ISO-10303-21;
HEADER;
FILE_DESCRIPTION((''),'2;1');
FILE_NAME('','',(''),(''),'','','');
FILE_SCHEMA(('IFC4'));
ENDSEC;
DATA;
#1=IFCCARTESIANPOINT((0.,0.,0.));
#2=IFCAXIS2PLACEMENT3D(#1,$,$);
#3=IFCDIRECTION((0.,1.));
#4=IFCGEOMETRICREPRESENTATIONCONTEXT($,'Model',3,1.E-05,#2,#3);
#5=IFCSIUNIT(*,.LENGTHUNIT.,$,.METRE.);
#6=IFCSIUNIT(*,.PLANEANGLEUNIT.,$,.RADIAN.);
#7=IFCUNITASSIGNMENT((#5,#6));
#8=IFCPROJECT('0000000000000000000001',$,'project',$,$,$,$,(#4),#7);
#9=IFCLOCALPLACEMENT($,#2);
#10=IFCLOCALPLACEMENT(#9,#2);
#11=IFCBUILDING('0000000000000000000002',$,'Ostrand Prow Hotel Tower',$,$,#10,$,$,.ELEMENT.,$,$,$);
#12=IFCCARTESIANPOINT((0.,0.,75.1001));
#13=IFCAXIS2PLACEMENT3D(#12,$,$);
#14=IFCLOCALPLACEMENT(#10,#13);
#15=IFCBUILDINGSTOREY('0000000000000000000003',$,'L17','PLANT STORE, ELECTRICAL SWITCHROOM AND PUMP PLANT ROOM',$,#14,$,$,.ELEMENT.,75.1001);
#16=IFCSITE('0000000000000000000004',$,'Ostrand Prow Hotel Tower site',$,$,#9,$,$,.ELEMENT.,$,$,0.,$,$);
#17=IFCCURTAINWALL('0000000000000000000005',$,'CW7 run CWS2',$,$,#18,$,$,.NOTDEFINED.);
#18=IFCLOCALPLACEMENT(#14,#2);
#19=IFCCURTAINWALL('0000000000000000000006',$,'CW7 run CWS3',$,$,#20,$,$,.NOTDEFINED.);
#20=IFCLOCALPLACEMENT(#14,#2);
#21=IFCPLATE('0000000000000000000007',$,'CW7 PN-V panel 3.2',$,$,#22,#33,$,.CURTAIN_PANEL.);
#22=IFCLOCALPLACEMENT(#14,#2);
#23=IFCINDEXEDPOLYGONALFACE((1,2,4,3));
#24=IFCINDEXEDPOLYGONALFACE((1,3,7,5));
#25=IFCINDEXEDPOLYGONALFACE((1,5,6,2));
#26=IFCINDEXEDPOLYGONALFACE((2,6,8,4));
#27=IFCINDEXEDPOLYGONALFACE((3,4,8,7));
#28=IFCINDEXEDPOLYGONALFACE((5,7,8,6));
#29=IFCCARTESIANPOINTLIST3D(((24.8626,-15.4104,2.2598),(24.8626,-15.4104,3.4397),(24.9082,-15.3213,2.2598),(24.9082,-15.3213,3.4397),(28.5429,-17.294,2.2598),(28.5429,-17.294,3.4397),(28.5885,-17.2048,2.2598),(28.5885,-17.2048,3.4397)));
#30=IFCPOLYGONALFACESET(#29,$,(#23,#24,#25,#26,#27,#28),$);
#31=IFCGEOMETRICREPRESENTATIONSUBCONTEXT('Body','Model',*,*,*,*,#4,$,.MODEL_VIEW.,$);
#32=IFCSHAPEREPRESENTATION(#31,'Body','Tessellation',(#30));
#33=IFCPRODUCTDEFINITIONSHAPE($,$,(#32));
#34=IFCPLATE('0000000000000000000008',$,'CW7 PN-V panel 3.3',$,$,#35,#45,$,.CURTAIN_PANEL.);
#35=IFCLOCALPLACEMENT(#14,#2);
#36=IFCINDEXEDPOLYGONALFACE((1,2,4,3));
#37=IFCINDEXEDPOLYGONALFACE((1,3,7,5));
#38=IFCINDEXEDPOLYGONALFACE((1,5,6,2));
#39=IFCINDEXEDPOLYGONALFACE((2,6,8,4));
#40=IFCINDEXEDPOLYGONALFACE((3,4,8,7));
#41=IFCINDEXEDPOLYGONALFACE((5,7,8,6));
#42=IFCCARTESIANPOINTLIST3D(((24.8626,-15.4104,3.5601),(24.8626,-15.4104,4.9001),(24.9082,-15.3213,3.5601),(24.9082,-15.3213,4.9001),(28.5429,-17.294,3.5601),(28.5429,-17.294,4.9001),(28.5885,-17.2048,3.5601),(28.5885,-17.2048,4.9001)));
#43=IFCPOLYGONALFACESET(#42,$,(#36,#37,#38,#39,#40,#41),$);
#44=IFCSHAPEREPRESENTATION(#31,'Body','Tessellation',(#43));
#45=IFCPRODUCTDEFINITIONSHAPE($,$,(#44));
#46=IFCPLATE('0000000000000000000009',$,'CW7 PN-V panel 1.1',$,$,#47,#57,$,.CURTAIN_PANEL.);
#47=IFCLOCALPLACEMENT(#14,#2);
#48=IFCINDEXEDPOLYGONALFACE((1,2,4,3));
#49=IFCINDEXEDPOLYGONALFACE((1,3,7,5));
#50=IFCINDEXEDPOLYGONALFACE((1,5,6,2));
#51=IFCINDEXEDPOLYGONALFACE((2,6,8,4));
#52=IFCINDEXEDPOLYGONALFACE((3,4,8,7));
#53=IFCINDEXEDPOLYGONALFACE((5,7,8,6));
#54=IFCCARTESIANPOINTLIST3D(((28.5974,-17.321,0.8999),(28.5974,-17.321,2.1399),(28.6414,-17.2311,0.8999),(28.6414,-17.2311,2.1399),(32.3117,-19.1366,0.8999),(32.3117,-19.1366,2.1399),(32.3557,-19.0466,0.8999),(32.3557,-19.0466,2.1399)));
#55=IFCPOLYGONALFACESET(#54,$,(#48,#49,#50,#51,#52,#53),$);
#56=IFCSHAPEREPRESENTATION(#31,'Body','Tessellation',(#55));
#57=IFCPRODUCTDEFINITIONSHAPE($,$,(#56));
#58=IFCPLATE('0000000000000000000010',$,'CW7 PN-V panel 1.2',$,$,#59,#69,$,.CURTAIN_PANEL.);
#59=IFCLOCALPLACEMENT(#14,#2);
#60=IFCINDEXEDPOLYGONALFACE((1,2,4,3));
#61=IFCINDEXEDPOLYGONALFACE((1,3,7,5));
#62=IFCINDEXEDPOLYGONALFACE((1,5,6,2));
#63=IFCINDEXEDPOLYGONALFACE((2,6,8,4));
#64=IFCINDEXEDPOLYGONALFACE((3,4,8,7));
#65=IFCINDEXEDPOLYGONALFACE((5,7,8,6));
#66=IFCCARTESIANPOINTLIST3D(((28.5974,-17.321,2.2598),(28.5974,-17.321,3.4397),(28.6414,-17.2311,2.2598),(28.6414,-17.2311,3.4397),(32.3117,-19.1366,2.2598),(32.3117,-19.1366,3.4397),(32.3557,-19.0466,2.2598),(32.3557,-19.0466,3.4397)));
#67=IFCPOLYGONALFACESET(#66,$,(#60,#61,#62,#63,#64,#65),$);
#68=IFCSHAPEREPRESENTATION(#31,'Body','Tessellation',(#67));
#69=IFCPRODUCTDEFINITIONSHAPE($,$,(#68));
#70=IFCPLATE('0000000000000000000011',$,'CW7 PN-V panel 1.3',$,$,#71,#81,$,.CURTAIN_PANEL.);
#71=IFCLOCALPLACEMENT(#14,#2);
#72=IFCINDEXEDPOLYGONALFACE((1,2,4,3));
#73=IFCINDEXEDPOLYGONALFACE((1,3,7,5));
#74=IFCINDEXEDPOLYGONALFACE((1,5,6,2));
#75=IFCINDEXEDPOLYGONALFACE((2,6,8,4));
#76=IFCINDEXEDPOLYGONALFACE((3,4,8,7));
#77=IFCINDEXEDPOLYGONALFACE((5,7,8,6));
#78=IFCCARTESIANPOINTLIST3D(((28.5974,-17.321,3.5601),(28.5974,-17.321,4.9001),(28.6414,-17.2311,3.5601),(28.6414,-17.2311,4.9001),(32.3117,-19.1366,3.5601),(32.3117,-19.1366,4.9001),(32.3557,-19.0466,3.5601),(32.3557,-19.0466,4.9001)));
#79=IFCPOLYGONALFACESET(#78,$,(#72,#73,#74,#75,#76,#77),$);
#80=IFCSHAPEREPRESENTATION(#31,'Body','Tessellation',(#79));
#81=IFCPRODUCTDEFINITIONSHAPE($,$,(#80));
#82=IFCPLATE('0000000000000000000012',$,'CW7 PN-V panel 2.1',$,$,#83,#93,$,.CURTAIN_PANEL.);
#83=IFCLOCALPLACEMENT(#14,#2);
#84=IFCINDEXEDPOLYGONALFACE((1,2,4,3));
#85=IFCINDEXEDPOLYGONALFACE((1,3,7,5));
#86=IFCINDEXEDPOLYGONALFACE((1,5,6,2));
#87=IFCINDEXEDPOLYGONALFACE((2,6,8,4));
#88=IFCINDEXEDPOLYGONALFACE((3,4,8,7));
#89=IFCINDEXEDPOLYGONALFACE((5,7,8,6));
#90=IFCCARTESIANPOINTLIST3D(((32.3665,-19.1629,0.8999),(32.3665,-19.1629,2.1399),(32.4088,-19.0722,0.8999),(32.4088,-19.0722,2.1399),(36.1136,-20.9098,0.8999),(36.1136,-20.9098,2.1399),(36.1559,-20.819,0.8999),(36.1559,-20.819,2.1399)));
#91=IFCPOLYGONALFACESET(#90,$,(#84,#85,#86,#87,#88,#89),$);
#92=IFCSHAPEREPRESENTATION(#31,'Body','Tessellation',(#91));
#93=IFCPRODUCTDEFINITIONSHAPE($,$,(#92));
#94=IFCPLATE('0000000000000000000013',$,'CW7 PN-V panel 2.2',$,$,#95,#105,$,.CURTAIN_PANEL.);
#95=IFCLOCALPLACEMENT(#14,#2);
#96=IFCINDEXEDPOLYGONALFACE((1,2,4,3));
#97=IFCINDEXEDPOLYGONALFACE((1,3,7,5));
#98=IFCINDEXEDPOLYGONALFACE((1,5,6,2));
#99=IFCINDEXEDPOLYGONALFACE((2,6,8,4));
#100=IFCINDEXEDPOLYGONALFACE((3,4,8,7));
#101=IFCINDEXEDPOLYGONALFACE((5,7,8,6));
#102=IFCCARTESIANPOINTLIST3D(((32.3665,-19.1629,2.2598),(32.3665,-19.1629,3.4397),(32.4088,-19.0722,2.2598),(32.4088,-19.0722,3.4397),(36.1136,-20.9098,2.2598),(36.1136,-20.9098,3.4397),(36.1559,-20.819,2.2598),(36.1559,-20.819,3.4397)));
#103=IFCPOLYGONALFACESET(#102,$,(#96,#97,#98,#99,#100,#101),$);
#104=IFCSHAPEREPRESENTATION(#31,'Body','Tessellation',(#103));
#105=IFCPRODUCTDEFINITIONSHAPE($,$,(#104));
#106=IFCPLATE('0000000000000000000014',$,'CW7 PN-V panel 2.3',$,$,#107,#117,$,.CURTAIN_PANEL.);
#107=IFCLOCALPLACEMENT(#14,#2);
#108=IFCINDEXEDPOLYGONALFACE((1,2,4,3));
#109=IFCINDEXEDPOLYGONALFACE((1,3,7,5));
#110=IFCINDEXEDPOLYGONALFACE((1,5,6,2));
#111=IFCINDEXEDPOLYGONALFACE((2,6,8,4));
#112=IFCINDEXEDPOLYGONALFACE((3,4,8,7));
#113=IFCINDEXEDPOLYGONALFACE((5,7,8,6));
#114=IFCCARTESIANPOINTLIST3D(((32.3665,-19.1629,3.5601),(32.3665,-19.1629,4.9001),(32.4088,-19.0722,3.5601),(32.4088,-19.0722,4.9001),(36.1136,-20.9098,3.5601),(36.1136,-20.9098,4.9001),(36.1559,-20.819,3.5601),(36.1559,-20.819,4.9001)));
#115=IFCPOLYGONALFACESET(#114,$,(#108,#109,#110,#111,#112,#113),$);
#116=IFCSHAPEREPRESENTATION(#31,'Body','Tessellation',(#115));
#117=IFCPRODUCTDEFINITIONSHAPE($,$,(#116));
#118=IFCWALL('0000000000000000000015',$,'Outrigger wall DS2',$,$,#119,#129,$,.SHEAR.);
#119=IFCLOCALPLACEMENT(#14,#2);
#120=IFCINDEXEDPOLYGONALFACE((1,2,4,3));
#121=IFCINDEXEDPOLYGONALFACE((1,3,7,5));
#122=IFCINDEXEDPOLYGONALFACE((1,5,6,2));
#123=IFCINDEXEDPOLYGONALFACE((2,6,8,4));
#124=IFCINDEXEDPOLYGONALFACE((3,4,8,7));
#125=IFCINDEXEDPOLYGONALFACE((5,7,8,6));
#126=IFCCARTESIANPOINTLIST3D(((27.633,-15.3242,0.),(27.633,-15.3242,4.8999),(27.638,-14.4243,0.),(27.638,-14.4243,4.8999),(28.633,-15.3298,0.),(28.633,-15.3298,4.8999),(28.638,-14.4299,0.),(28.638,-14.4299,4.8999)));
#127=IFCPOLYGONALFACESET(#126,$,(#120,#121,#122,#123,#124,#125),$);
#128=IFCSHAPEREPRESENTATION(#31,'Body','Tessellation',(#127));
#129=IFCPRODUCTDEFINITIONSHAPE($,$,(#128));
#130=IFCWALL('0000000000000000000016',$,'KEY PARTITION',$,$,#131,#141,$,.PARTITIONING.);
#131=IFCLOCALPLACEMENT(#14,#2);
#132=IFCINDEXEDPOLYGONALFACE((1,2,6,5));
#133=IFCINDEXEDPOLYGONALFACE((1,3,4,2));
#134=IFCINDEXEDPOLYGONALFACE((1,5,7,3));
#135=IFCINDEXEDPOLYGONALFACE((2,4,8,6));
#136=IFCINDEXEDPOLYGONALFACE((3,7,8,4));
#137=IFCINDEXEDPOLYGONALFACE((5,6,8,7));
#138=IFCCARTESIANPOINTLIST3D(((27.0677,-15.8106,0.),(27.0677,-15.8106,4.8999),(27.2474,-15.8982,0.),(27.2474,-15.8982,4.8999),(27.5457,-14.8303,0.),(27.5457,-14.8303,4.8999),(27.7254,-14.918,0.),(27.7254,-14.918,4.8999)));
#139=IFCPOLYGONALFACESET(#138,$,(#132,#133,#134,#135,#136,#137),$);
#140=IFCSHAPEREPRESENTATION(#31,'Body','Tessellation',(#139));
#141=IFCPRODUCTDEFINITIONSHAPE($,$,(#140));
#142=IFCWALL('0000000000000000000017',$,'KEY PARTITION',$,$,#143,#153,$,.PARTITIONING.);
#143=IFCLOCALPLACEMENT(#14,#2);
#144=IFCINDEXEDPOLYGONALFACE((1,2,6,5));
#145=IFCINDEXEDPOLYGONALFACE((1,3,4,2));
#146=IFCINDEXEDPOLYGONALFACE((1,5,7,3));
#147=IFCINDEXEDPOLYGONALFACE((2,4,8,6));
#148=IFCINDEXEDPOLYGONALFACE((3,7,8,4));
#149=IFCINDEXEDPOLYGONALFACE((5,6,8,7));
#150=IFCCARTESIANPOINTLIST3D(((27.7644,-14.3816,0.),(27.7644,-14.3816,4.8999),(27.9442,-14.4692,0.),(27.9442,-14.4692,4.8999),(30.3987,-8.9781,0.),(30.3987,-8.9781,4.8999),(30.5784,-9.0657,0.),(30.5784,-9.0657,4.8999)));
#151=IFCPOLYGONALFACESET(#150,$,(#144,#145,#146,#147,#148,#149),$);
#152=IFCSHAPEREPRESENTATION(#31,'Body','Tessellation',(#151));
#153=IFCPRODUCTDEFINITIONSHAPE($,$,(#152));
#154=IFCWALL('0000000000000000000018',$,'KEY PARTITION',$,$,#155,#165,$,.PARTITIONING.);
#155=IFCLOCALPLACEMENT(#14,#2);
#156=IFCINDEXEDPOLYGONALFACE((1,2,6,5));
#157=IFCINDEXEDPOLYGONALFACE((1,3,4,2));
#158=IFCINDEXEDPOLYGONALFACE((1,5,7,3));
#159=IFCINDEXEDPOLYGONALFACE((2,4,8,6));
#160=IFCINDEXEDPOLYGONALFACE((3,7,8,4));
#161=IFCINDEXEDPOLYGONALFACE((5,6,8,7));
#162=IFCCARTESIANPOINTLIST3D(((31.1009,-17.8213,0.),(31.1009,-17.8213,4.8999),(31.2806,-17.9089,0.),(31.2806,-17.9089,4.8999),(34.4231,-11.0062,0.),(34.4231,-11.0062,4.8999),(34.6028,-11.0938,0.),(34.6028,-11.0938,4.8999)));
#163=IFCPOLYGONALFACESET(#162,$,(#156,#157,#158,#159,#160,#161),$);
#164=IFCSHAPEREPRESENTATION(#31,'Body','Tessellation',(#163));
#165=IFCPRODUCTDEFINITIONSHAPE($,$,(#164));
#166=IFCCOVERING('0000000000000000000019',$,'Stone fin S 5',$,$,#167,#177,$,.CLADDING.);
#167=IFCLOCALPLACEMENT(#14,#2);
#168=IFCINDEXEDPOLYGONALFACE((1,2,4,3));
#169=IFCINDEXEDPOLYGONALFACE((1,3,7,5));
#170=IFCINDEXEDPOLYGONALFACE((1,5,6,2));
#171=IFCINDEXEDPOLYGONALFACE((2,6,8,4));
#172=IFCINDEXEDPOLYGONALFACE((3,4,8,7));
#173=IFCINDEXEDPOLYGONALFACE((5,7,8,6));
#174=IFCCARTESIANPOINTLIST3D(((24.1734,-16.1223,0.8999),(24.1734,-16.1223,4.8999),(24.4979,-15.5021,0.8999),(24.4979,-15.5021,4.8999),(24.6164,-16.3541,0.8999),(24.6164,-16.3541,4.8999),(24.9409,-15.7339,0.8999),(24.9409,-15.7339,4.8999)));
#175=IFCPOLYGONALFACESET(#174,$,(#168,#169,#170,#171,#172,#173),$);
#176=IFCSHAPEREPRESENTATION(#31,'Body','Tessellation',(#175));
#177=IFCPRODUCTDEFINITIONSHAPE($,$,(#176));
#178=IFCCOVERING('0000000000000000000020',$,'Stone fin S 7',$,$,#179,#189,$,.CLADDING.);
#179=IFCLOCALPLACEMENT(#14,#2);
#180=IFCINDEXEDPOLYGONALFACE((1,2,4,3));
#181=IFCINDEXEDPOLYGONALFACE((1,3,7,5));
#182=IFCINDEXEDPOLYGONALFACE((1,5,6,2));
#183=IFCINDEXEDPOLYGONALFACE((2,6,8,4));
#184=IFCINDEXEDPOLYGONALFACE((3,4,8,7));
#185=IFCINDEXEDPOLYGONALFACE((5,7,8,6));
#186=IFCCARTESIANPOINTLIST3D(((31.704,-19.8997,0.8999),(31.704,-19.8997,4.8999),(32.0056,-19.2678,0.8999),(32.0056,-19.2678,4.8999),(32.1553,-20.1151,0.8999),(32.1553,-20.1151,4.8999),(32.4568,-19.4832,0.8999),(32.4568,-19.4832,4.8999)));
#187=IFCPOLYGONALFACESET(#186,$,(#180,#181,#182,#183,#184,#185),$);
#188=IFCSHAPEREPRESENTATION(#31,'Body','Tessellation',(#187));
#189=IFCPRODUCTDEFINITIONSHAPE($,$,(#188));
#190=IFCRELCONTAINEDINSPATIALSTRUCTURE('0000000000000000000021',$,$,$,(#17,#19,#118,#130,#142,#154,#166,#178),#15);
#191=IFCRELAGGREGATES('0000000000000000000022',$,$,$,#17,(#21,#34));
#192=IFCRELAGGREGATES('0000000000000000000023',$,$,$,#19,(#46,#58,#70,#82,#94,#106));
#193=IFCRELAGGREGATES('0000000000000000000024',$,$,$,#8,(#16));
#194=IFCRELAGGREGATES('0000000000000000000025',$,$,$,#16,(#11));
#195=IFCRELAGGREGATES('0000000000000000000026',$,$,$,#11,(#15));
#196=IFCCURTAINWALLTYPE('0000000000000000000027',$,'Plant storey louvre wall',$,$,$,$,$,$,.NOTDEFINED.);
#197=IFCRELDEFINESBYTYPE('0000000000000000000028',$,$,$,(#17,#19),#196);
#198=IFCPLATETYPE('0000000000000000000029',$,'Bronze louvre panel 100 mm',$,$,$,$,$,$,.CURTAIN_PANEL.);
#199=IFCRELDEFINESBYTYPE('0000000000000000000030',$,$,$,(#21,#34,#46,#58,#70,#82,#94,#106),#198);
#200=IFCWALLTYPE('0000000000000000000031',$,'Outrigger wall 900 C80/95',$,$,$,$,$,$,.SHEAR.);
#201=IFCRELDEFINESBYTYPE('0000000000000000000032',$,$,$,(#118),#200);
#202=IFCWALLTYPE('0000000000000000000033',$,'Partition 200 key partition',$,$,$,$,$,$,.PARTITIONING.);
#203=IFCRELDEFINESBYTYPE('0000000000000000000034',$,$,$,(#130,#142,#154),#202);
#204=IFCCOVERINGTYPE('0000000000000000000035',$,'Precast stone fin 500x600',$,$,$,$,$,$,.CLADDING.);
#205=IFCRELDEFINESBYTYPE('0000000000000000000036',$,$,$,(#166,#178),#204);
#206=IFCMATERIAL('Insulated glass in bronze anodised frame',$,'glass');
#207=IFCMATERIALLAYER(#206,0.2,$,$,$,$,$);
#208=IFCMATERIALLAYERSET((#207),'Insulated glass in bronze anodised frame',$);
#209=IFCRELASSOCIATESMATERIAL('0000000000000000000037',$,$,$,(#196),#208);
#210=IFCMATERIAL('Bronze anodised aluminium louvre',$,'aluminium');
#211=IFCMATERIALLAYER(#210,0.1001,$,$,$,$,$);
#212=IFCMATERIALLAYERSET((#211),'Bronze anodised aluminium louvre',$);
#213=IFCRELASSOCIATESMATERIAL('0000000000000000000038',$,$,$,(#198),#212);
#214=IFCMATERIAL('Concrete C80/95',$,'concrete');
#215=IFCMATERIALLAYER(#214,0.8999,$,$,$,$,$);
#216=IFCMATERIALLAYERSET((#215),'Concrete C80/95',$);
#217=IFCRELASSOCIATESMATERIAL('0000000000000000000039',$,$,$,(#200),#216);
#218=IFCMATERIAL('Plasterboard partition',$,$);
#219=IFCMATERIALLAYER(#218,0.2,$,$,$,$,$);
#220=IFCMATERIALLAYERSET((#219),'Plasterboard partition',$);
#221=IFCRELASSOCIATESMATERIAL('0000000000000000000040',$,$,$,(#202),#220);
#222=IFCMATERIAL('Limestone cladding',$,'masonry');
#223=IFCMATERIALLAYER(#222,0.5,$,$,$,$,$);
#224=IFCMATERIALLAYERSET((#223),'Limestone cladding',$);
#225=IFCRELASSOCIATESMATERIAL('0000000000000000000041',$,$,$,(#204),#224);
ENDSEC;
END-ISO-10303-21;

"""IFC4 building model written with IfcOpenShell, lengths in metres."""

from ifc_helpers import new_model, si_unit, direction, frame, frame_2d, origin, origin_2d, place, context, subcontext, project, spatial, rectangle, extrude, material, layer, layer_set, type_object, element, aggregate, save


model = new_model("IFC4")

# Units and contexts
model_context = context("Model", 3, precision=1e-05, world=origin(), true_north=direction((0.0, 1.0)))
body_context = subcontext(model_context, "Body", "Model", "MODEL_VIEW")
ifc_project = project(units=[si_unit("LENGTHUNIT", "METRE"), si_unit("PLANEANGLEUNIT", "RADIAN")], contexts=[model_context])

# Site, building, storey
site_placement = place(None, origin())
site = spatial("IfcSite", under=ifc_project, at=site_placement, Name="Ostrand Prow Hotel Tower site", CompositionType="ELEMENT", RefElevation=0.0)
building_placement = place(site_placement, origin())
building = spatial("IfcBuilding", under=site, at=building_placement, Name="Ostrand Prow Hotel Tower", CompositionType="ELEMENT")
storey_placement = place(building_placement, frame((0.0, 0.0, 75.1001)))
storey = spatial("IfcBuildingStorey", under=building, at=storey_placement, Name="L17", Description="PLANT STORE, ELECTRICAL SWITCHROOM AND PUMP PLANT ROOM", CompositionType="ELEMENT", Elevation=75.1001)

# Curtain wall
ifc_material_1 = material(Name="Insulated glass in bronze anodised frame", Category="glass")
ifc_layer_1 = layer(ifc_material_1, 0.2)
ifc_layer_set_1 = layer_set([ifc_layer_1], Name="Insulated glass in bronze anodised frame")
curtain_wall_type = type_object("IfcCurtainWallType", Name="Plant storey louvre wall", PredefinedType="NOTDEFINED", material=ifc_layer_set_1)
curtain_wall_1_placement = place(storey_placement, origin())
curtain_wall_1 = element("IfcCurtainWall", 1, at=curtain_wall_1_placement, inside=storey, type_object=curtain_wall_type, Name="CW7 run CWS2", PredefinedType="NOTDEFINED")

# Curtain wall
curtain_wall_2_placement = place(storey_placement, origin())
curtain_wall_2 = element("IfcCurtainWall", 2, at=curtain_wall_2_placement, inside=storey, type_object=curtain_wall_type, Name="CW7 run CWS3", PredefinedType="NOTDEFINED")

# Plates
ifc_material_2 = material(Name="Bronze anodised aluminium louvre", Category="aluminium")
ifc_layer_2 = layer(ifc_material_2, 0.1001)
ifc_layer_set_2 = layer_set([ifc_layer_2], Name="Bronze anodised aluminium louvre")
plate_type = type_object("IfcPlateType", Name="Bronze louvre panel 100 mm", PredefinedType="CURTAIN_PANEL", material=ifc_layer_set_2)
plate_1_placement = place(storey_placement, frame((26.7256, -16.3076, 2.2598), z_axis=(0.0, 0.0, 1.0), x_axis=(0.890187, -0.455596, 0.0)))
plate_1 = element("IfcPlate", 3, at=plate_1_placement, type_object=plate_type, Name="CW7 PN-V panel 3.2", PredefinedType="CURTAIN_PANEL", context=body_context, shape_type="SweptSolid", body=[
    extrude(rectangle(XDim=4.1343, YDim=0.1001, at=origin_2d()), origin(), (0.0, 0.0, 1.0), 1.1799),
])
plate_2_placement = place(storey_placement, frame((26.7256, -16.3076, 3.5601), z_axis=(0.0, 0.0, 1.0), x_axis=(0.890187, -0.455596, 0.0)))
plate_2 = element("IfcPlate", 4, at=plate_2_placement, type_object=plate_type, Name="CW7 PN-V panel 3.3", PredefinedType="CURTAIN_PANEL", context=body_context, shape_type="SweptSolid", body=[
    extrude(rectangle(XDim=4.1343, YDim=0.1001, at=origin_2d()), origin(), (0.0, 0.0, 1.0), 1.3401),
])
aggregate(curtain_wall_1, [plate_1, plate_2])
plate_3_placement = place(storey_placement, frame((30.4766, -18.1838, 0.8999), z_axis=(0.0, 0.0, 1.0), x_axis=(0.89842, -0.439138, 0.0)))
plate_3 = element("IfcPlate", 5, at=plate_3_placement, type_object=plate_type, Name="CW7 PN-V panel 1.1", PredefinedType="CURTAIN_PANEL", context=body_context, shape_type="SweptSolid", body=[
    extrude(rectangle(XDim=4.1343, YDim=0.1001, at=origin_2d()), origin(), (0.0, 0.0, 1.0), 1.24),
])
plate_4_placement = place(storey_placement, frame((30.4766, -18.1838, 2.2598), z_axis=(0.0, 0.0, 1.0), x_axis=(0.89842, -0.439138, 0.0)))
plate_4 = element("IfcPlate", 6, at=plate_4_placement, type_object=plate_type, Name="CW7 PN-V panel 1.2", PredefinedType="CURTAIN_PANEL", context=body_context, shape_type="SweptSolid", body=[
    extrude(rectangle(XDim=4.1343, YDim=0.1001, at=origin_2d()), origin(), (0.0, 0.0, 1.0), 1.1799),
])
plate_5_placement = place(storey_placement, frame((30.4766, -18.1838, 3.5601), z_axis=(0.0, 0.0, 1.0), x_axis=(0.89842, -0.439138, 0.0)))
plate_5 = element("IfcPlate", 7, at=plate_5_placement, type_object=plate_type, Name="CW7 PN-V panel 1.3", PredefinedType="CURTAIN_PANEL", context=body_context, shape_type="SweptSolid", body=[
    extrude(rectangle(XDim=4.1343, YDim=0.1001, at=origin_2d()), origin(), (0.0, 0.0, 1.0), 1.3401),
])
plate_6_placement = place(storey_placement, frame((34.2612, -19.991, 0.8999), z_axis=(0.0, 0.0, 1.0), x_axis=(0.906349, -0.42253, 0.0)))
plate_6 = element("IfcPlate", 8, at=plate_6_placement, type_object=plate_type, Name="CW7 PN-V panel 2.1", PredefinedType="CURTAIN_PANEL", context=body_context, shape_type="SweptSolid", body=[
    extrude(rectangle(XDim=4.1343, YDim=0.1001, at=origin_2d()), origin(), (0.0, 0.0, 1.0), 1.24),
])
plate_7_placement = place(storey_placement, frame((34.2612, -19.991, 2.2598), z_axis=(0.0, 0.0, 1.0), x_axis=(0.906349, -0.42253, 0.0)))
plate_7 = element("IfcPlate", 9, at=plate_7_placement, type_object=plate_type, Name="CW7 PN-V panel 2.2", PredefinedType="CURTAIN_PANEL", context=body_context, shape_type="SweptSolid", body=[
    extrude(rectangle(XDim=4.1343, YDim=0.1001, at=origin_2d()), origin(), (0.0, 0.0, 1.0), 1.1799),
])
plate_8_placement = place(storey_placement, frame((34.2612, -19.991, 3.5601), z_axis=(0.0, 0.0, 1.0), x_axis=(0.906349, -0.42253, 0.0)))
plate_8 = element("IfcPlate", 10, at=plate_8_placement, type_object=plate_type, Name="CW7 PN-V panel 2.3", PredefinedType="CURTAIN_PANEL", context=body_context, shape_type="SweptSolid", body=[
    extrude(rectangle(XDim=4.1343, YDim=0.1001, at=origin_2d()), origin(), (0.0, 0.0, 1.0), 1.3401),
])
aggregate(curtain_wall_2, [plate_3, plate_4, plate_5, plate_6, plate_7, plate_8])

# Walls
ifc_material_3 = material(Name="Concrete C80/95", Category="concrete")
ifc_layer_3 = layer(ifc_material_3, 0.8999)
ifc_layer_set_3 = layer_set([ifc_layer_3], Name="Concrete C80/95")
wall_type_1 = type_object("IfcWallType", Name="Outrigger wall 900 C80/95", PredefinedType="SHEAR", material=ifc_layer_set_3)
wall_1_placement = place(storey_placement, frame((28.6355, -14.8799, 0.0), z_axis=(0.0, 0.0, 1.0), x_axis=(-0.999984, 0.005615, 0.0)))
element("IfcWall", 11, at=wall_1_placement, inside=storey, type_object=wall_type_1, Name="Outrigger wall DS2", PredefinedType="SHEAR", context=body_context, shape_type="SweptSolid", body=[
    extrude(rectangle(XDim=1.0, YDim=0.8999, at=frame_2d((0.5, 0.0))), origin(), (0.0, 0.0, 1.0), 4.8999),
])
ifc_material_4 = material(Name="Plasterboard partition")
ifc_layer_4 = layer(ifc_material_4, 0.2)
ifc_layer_set_4 = layer_set([ifc_layer_4], Name="Plasterboard partition")
wall_type_2 = type_object("IfcWallType", Name="Partition 200 key partition", PredefinedType="PARTITIONING", material=ifc_layer_set_4)
wall_2_placement = place(storey_placement, frame((27.1575, -15.8545, 0.0), z_axis=(0.0, 0.0, 1.0), x_axis=(0.438327, 0.898816, 0.0)))
element("IfcWall", 12, at=wall_2_placement, inside=storey, type_object=wall_type_2, Name="KEY PARTITION", PredefinedType="PARTITIONING", context=body_context, shape_type="SweptSolid", body=[
    extrude(rectangle(XDim=1.0906, YDim=0.2, at=frame_2d((0.5454, 0.0))), origin(), (0.0, 0.0, 1.0), 4.8999),
])
wall_3_placement = place(storey_placement, frame((27.8542, -14.4255, 0.0), z_axis=(0.0, 0.0, 1.0), x_axis=(0.438208, 0.898874, 0.0)))
element("IfcWall", 13, at=wall_3_placement, inside=storey, type_object=wall_type_2, Name="KEY PARTITION", PredefinedType="PARTITIONING", context=body_context, shape_type="SweptSolid", body=[
    extrude(rectangle(XDim=6.0115, YDim=0.2, at=frame_2d((3.0059, 0.0))), origin(), (0.0, 0.0, 1.0), 4.8999),
])
wall_4_placement = place(storey_placement, frame((31.1907, -17.8652, 0.0), z_axis=(0.0, 0.0, 1.0), x_axis=(0.438188, 0.898884, 0.0)))
element("IfcWall", 14, at=wall_4_placement, inside=storey, type_object=wall_type_2, Name="KEY PARTITION", PredefinedType="PARTITIONING", context=body_context, shape_type="SweptSolid", body=[
    extrude(rectangle(XDim=7.5818, YDim=0.2, at=frame_2d((3.791, 0.0))), origin(), (0.0, 0.0, 1.0), 4.8999),
])

# Coverings
ifc_material_5 = material(Name="Limestone cladding", Category="masonry")
ifc_layer_5 = layer(ifc_material_5, 0.5)
ifc_layer_set_5 = layer_set([ifc_layer_5], Name="Limestone cladding")
covering_type = type_object("IfcCoveringType", Name="Precast stone fin 500x600", PredefinedType="CLADDING", material=ifc_layer_set_5)
covering_1_placement = place(storey_placement, frame((24.7195, -15.6179, 0.8999), z_axis=(0.0, 0.0, 1.0), x_axis=(-0.463603, -0.886043, 0.0)))
element("IfcCovering", 15, at=covering_1_placement, inside=storey, type_object=covering_type, Name="Stone fin S 5", PredefinedType="CLADDING", context=body_context, shape_type="SweptSolid", body=[
    extrude(rectangle(XDim=0.7, YDim=0.5, at=frame_2d((0.3501, 0.0))), origin(), (0.0, 0.0, 1.0), 4.0),
])
covering_2_placement = place(storey_placement, frame((32.2312, -19.3755, 0.8999), z_axis=(0.0, 0.0, 1.0), x_axis=(-0.430678, -0.902506, 0.0)))
element("IfcCovering", 16, at=covering_2_placement, inside=storey, type_object=covering_type, Name="Stone fin S 7", PredefinedType="CLADDING", context=body_context, shape_type="SweptSolid", body=[
    extrude(rectangle(XDim=0.7002, YDim=0.5, at=frame_2d((0.3501, 0.0))), origin(), (0.0, 0.0, 1.0), 4.0),
])

save(model, "model.ifc")
